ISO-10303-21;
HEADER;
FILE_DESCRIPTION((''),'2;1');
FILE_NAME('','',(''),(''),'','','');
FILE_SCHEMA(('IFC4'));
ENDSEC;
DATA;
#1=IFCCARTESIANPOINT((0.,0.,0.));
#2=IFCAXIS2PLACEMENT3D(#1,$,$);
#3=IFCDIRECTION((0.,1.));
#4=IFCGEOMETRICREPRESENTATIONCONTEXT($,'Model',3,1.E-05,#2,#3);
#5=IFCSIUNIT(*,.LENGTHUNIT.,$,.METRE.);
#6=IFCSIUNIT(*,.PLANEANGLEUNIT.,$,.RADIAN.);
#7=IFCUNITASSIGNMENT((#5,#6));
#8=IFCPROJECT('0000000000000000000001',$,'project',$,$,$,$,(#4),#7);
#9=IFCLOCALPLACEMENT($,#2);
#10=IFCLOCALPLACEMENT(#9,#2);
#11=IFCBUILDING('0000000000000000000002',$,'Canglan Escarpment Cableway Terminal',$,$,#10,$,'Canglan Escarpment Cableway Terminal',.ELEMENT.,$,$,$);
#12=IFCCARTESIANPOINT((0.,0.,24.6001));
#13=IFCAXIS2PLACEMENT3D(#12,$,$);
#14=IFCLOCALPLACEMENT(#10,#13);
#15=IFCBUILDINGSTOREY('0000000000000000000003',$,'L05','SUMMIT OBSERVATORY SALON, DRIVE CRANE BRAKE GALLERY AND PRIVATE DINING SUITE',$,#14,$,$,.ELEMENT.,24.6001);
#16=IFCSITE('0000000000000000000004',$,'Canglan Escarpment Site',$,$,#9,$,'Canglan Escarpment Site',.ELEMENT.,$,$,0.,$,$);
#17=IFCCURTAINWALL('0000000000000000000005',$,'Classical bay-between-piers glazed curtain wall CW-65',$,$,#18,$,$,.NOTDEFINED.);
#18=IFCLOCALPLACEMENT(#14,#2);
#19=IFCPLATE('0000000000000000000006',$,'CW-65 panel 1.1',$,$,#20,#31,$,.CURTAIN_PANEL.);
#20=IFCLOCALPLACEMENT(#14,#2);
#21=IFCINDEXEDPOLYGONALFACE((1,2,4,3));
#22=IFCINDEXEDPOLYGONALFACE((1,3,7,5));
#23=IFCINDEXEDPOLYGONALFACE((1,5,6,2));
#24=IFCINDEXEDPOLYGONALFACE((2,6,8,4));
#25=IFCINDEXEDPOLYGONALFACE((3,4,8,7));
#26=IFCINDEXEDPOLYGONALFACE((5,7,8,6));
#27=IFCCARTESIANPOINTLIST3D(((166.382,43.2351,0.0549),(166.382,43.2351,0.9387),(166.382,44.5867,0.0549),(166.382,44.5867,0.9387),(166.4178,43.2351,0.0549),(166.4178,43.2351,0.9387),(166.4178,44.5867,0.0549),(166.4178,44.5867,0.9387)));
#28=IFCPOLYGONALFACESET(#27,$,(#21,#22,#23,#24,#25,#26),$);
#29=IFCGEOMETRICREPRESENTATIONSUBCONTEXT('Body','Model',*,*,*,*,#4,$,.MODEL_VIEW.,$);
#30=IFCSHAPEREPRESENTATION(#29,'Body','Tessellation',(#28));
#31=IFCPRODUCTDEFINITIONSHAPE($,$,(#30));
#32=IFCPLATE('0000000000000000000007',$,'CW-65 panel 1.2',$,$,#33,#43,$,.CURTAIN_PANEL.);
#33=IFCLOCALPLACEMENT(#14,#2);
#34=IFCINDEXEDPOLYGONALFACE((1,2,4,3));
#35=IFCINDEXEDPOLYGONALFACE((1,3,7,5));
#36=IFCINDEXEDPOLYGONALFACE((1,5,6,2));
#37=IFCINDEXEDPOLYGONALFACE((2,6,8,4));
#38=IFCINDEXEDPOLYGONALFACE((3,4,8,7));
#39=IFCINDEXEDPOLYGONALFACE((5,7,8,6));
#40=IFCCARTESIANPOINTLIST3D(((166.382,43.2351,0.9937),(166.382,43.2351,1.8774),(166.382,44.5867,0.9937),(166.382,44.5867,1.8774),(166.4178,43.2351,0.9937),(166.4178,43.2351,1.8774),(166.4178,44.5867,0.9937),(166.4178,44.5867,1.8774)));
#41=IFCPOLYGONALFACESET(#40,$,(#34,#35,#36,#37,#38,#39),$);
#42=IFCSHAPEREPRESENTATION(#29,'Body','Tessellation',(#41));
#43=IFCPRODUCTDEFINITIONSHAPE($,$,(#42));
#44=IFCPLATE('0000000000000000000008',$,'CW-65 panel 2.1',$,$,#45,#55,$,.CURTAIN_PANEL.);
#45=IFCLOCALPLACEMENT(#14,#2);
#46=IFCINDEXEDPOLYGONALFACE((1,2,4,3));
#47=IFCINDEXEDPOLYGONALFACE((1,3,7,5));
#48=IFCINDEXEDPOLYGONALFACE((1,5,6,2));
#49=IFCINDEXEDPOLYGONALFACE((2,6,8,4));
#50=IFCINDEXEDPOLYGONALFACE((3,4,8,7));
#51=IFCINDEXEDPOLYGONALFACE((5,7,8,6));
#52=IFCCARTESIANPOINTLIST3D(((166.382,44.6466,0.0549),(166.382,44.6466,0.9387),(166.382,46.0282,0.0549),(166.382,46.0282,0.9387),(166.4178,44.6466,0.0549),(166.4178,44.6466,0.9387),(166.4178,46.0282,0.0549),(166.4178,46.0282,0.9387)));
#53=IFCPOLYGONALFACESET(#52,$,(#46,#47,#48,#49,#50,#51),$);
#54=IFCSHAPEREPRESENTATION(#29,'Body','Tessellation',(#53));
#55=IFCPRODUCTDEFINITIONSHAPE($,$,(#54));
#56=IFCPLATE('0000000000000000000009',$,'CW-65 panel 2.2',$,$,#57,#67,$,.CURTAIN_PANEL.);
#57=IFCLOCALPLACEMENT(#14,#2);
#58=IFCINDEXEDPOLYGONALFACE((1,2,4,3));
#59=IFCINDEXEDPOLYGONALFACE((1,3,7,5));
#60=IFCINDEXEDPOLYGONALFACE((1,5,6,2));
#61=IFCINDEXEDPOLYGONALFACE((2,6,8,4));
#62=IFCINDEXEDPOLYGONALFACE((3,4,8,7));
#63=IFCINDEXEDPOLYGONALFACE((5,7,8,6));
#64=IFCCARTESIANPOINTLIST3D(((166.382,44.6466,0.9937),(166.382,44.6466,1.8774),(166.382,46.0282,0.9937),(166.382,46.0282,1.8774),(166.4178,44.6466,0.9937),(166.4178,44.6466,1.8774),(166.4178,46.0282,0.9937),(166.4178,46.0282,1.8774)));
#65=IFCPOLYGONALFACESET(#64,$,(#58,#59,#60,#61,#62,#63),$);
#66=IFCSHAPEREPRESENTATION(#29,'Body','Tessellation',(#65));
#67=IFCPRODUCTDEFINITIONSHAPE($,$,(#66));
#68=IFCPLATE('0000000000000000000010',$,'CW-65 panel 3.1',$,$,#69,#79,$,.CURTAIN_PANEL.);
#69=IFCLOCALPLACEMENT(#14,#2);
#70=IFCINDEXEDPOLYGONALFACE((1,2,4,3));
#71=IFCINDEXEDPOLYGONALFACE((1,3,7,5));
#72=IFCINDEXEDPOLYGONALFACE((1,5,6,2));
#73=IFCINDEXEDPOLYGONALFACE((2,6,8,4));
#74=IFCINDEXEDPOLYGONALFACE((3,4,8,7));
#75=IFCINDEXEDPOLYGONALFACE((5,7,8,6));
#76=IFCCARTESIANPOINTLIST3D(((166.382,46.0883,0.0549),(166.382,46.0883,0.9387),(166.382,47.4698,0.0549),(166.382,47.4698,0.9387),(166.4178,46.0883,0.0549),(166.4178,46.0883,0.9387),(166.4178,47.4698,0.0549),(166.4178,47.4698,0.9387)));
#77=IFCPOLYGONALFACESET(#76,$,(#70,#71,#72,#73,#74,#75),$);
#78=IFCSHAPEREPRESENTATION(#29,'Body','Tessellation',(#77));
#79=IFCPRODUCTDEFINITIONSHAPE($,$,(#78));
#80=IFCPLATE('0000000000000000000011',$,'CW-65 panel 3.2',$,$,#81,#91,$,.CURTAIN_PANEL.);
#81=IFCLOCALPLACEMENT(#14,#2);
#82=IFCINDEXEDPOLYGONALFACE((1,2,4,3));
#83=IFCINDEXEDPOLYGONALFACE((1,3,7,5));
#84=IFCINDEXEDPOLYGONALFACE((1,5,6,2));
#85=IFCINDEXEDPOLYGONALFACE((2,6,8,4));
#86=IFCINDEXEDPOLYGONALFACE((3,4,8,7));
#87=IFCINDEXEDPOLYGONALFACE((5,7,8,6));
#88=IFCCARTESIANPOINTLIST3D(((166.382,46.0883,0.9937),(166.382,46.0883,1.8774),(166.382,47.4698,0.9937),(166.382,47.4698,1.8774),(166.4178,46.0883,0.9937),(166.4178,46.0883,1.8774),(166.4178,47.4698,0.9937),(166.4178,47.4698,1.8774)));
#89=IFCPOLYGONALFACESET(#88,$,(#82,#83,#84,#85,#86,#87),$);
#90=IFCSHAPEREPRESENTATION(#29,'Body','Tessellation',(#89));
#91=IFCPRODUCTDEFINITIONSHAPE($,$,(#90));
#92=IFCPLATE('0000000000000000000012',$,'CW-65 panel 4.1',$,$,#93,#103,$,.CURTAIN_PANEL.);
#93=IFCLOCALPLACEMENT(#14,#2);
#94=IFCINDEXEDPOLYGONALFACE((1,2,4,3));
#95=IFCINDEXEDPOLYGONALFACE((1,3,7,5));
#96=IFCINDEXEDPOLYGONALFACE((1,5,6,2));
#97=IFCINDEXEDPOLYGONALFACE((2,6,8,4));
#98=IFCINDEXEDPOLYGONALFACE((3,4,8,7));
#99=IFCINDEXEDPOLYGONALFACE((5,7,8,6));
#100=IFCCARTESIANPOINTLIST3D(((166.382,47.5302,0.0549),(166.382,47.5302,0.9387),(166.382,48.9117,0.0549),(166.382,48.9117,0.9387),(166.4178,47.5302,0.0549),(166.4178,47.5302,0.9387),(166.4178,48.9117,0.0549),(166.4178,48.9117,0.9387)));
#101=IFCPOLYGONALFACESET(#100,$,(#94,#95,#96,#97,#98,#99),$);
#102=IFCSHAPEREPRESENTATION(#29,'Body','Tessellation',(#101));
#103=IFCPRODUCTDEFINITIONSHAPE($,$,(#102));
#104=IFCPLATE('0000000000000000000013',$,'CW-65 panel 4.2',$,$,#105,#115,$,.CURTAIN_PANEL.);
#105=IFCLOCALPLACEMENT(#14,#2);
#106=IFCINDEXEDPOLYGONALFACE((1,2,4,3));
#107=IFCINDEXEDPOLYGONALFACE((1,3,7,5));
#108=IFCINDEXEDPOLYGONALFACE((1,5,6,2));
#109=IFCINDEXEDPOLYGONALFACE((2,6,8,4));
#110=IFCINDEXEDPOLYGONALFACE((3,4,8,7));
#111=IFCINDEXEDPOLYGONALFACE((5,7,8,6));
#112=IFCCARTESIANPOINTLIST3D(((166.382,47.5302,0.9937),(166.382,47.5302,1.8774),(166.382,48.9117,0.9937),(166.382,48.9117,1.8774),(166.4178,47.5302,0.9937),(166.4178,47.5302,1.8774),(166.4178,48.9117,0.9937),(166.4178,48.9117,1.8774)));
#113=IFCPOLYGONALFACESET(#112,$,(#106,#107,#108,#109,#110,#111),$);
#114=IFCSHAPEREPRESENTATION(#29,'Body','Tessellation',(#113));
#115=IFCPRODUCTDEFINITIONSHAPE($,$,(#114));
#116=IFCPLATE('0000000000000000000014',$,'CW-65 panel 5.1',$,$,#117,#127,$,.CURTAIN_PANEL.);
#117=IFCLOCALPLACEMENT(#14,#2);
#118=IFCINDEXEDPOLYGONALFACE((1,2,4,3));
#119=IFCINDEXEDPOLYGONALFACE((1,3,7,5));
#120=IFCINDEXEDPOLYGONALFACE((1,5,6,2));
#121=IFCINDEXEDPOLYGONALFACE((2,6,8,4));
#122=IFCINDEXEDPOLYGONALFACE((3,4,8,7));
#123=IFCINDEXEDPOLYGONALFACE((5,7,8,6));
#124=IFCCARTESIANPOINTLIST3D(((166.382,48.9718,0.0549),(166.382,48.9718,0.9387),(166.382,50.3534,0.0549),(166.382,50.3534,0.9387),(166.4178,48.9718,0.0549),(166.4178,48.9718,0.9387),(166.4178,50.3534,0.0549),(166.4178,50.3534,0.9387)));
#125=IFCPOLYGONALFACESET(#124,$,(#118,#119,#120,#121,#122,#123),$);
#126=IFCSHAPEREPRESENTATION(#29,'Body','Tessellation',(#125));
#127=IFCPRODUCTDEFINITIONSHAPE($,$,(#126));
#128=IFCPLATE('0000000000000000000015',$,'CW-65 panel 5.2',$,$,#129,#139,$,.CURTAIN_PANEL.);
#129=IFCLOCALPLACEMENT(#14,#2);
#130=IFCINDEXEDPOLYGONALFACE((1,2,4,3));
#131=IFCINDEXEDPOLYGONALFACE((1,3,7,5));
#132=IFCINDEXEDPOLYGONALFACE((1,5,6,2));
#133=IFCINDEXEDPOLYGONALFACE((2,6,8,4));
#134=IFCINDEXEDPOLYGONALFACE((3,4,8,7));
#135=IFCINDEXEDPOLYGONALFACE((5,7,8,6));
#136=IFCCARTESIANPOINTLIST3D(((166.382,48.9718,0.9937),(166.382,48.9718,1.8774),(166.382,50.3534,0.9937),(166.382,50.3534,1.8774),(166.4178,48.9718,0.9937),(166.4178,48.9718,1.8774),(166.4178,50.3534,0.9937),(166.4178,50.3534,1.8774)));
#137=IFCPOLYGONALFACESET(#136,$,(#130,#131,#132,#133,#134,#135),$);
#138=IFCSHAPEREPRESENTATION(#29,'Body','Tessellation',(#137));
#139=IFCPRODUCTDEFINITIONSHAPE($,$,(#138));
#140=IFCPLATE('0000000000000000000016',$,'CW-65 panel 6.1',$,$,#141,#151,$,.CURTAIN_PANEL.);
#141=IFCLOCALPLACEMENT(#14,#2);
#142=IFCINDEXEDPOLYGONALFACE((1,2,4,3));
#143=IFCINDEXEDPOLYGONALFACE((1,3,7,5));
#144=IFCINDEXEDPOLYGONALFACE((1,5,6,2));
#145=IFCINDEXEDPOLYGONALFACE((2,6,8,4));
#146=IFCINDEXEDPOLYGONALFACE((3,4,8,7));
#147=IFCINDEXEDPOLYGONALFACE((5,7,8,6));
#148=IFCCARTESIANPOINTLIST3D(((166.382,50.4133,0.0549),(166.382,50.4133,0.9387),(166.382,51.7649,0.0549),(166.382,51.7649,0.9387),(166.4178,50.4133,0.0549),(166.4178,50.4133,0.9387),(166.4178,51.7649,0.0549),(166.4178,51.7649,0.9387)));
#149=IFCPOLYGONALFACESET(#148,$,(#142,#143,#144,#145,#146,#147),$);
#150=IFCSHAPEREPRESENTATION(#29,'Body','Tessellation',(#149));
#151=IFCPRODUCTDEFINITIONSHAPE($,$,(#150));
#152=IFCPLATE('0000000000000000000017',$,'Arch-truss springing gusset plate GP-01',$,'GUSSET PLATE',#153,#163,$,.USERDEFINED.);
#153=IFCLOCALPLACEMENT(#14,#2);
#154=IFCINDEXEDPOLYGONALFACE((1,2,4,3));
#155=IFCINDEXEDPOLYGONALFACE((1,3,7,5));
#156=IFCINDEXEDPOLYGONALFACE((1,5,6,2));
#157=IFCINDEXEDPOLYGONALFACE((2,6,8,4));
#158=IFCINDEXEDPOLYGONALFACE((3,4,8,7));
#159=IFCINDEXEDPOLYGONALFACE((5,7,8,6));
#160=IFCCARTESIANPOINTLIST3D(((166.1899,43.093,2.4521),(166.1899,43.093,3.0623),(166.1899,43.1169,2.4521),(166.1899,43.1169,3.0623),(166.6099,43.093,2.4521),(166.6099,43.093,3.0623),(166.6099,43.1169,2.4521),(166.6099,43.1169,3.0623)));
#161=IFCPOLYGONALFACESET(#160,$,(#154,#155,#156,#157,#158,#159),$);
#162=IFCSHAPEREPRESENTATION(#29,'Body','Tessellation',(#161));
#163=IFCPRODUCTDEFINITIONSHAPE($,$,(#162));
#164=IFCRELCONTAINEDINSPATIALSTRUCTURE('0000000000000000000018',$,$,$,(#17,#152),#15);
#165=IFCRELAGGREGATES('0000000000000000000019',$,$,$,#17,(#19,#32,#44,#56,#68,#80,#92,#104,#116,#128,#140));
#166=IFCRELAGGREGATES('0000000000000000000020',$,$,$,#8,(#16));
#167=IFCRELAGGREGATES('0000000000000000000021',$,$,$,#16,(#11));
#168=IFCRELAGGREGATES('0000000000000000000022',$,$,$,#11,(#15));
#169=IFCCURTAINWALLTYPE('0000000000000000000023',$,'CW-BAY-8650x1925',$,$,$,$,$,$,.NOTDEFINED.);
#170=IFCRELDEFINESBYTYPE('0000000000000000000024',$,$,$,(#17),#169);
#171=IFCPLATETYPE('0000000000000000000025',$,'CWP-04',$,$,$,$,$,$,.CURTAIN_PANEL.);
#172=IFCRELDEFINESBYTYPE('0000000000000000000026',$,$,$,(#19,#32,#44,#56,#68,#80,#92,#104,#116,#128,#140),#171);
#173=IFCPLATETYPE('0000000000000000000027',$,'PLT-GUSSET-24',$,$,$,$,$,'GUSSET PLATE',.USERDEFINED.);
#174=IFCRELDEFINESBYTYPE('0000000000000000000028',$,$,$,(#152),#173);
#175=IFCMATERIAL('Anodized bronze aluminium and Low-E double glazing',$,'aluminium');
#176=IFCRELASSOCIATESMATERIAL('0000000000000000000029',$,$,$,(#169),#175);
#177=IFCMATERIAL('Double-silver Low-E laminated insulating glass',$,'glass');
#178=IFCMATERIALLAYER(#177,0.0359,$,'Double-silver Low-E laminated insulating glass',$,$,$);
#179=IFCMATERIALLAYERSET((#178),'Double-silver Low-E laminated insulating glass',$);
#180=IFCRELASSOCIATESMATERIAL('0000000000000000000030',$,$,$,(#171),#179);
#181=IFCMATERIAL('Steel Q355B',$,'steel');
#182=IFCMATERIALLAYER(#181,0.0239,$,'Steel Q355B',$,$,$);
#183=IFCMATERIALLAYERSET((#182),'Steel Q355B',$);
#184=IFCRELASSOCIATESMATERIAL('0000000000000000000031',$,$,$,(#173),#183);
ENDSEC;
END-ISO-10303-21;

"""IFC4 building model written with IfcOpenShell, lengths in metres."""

from ifc_helpers import new_model, si_unit, direction, frame, origin, origin_2d, place, context, subcontext, project, spatial, rectangle, extrude, material, layer, layer_set, type_object, element, aggregate, save


model = new_model("IFC4")

# Units and contexts
model_context = context("Model", 3, precision=1e-05, world=origin(), true_north=direction((0.0, 1.0)))
body_context = subcontext(model_context, "Body", "Model", "MODEL_VIEW")
ifc_project = project(units=[si_unit("LENGTHUNIT", "METRE"), si_unit("PLANEANGLEUNIT", "RADIAN")], contexts=[model_context])

# Site, building, storey
site_placement = place(None, origin())
site = spatial("IfcSite", under=ifc_project, at=site_placement, Name="Canglan Escarpment Site", LongName="Canglan Escarpment Site", CompositionType="ELEMENT", RefElevation=0.0)
building_placement = place(site_placement, origin())
building = spatial("IfcBuilding", under=site, at=building_placement, Name="Canglan Escarpment Cableway Terminal", LongName="Canglan Escarpment Cableway Terminal", CompositionType="ELEMENT")
storey_placement = place(building_placement, frame((0.0, 0.0, 24.6001)))
storey = spatial("IfcBuildingStorey", under=building, at=storey_placement, Name="L05", Description="SUMMIT OBSERVATORY SALON, DRIVE CRANE BRAKE GALLERY AND PRIVATE DINING SUITE", CompositionType="ELEMENT", Elevation=24.6001)

# Shared definitions
ifc_material_1 = material(Name="Steel Q355B", Category="steel")

# Curtain wall
ifc_material_2 = material(Name="Anodized bronze aluminium and Low-E double glazing", Category="aluminium")
curtain_wall_type = type_object("IfcCurtainWallType", Name="CW-BAY-8650x1925", PredefinedType="NOTDEFINED", material=ifc_material_2)
curtain_wall_placement = place(storey_placement, origin())
curtain_wall = element("IfcCurtainWall", 1, at=curtain_wall_placement, inside=storey, type_object=curtain_wall_type, Name="Classical bay-between-piers glazed curtain wall CW-65", PredefinedType="NOTDEFINED")

# Plates
ifc_material_3 = material(Name="Double-silver Low-E laminated insulating glass", Category="glass")
ifc_layer_1 = layer(ifc_material_3, 0.0359, Name="Double-silver Low-E laminated insulating glass")
ifc_layer_set_1 = layer_set([ifc_layer_1], Name="Double-silver Low-E laminated insulating glass")
plate_type_1 = type_object("IfcPlateType", Name="CWP-04", PredefinedType="CURTAIN_PANEL", material=ifc_layer_set_1)
plate_1_placement = place(storey_placement, frame((166.3999, 43.9109, 0.0549), z_axis=(0.0, 0.0, 1.0), x_axis=(0.0, 1.0, 0.0)))
plate_1 = element("IfcPlate", 2, at=plate_1_placement, type_object=plate_type_1, Name="CW-65 panel 1.1", PredefinedType="CURTAIN_PANEL", context=body_context, shape_type="SweptSolid", body=[
    extrude(rectangle(XDim=1.3516, YDim=0.0359, at=origin_2d()), origin(), (0.0, 0.0, 1.0), 0.8838),
])
plate_2_placement = place(storey_placement, frame((166.3999, 43.9109, 0.9937), z_axis=(0.0, 0.0, 1.0), x_axis=(0.0, 1.0, 0.0)))
plate_2 = element("IfcPlate", 3, at=plate_2_placement, type_object=plate_type_1, Name="CW-65 panel 1.2", PredefinedType="CURTAIN_PANEL", context=body_context, shape_type="SweptSolid", body=[
    extrude(rectangle(XDim=1.3516, YDim=0.0359, at=origin_2d()), origin(), (0.0, 0.0, 1.0), 0.8838),
])
plate_3_placement = place(storey_placement, frame((166.3999, 45.3374, 0.0549), z_axis=(0.0, 0.0, 1.0), x_axis=(0.0, 1.0, 0.0)))
plate_3 = element("IfcPlate", 4, at=plate_3_placement, type_object=plate_type_1, Name="CW-65 panel 2.1", PredefinedType="CURTAIN_PANEL", context=body_context, shape_type="SweptSolid", body=[
    extrude(rectangle(XDim=1.3816, YDim=0.0359, at=origin_2d()), origin(), (0.0, 0.0, 1.0), 0.8838),
])
plate_4_placement = place(storey_placement, frame((166.3999, 45.3374, 0.9937), z_axis=(0.0, 0.0, 1.0), x_axis=(0.0, 1.0, 0.0)))
plate_4 = element("IfcPlate", 5, at=plate_4_placement, type_object=plate_type_1, Name="CW-65 panel 2.2", PredefinedType="CURTAIN_PANEL", context=body_context, shape_type="SweptSolid", body=[
    extrude(rectangle(XDim=1.3816, YDim=0.0359, at=origin_2d()), origin(), (0.0, 0.0, 1.0), 0.8838),
])
plate_5_placement = place(storey_placement, frame((166.3999, 46.7791, 0.0549), z_axis=(0.0, 0.0, 1.0), x_axis=(0.0, 1.0, 0.0)))
plate_5 = element("IfcPlate", 6, at=plate_5_placement, type_object=plate_type_1, Name="CW-65 panel 3.1", PredefinedType="CURTAIN_PANEL", context=body_context, shape_type="SweptSolid", body=[
    extrude(rectangle(XDim=1.3816, YDim=0.0359, at=origin_2d()), origin(), (0.0, 0.0, 1.0), 0.8838),
])
plate_6_placement = place(storey_placement, frame((166.3999, 46.7791, 0.9937), z_axis=(0.0, 0.0, 1.0), x_axis=(0.0, 1.0, 0.0)))
plate_6 = element("IfcPlate", 7, at=plate_6_placement, type_object=plate_type_1, Name="CW-65 panel 3.2", PredefinedType="CURTAIN_PANEL", context=body_context, shape_type="SweptSolid", body=[
    extrude(rectangle(XDim=1.3816, YDim=0.0359, at=origin_2d()), origin(), (0.0, 0.0, 1.0), 0.8838),
])
plate_7_placement = place(storey_placement, frame((166.3999, 48.2209, 0.0549), z_axis=(0.0, 0.0, 1.0), x_axis=(0.0, 1.0, 0.0)))
plate_7 = element("IfcPlate", 8, at=plate_7_placement, type_object=plate_type_1, Name="CW-65 panel 4.1", PredefinedType="CURTAIN_PANEL", context=body_context, shape_type="SweptSolid", body=[
    extrude(rectangle(XDim=1.3816, YDim=0.0359, at=origin_2d()), origin(), (0.0, 0.0, 1.0), 0.8838),
])
plate_8_placement = place(storey_placement, frame((166.3999, 48.2209, 0.9937), z_axis=(0.0, 0.0, 1.0), x_axis=(0.0, 1.0, 0.0)))
plate_8 = element("IfcPlate", 9, at=plate_8_placement, type_object=plate_type_1, Name="CW-65 panel 4.2", PredefinedType="CURTAIN_PANEL", context=body_context, shape_type="SweptSolid", body=[
    extrude(rectangle(XDim=1.3816, YDim=0.0359, at=origin_2d()), origin(), (0.0, 0.0, 1.0), 0.8838),
])
plate_9_placement = place(storey_placement, frame((166.3999, 49.6626, 0.0549), z_axis=(0.0, 0.0, 1.0), x_axis=(0.0, 1.0, 0.0)))
plate_9 = element("IfcPlate", 10, at=plate_9_placement, type_object=plate_type_1, Name="CW-65 panel 5.1", PredefinedType="CURTAIN_PANEL", context=body_context, shape_type="SweptSolid", body=[
    extrude(rectangle(XDim=1.3816, YDim=0.0359, at=origin_2d()), origin(), (0.0, 0.0, 1.0), 0.8838),
])
plate_10_placement = place(storey_placement, frame((166.3999, 49.6626, 0.9937), z_axis=(0.0, 0.0, 1.0), x_axis=(0.0, 1.0, 0.0)))
plate_10 = element("IfcPlate", 11, at=plate_10_placement, type_object=plate_type_1, Name="CW-65 panel 5.2", PredefinedType="CURTAIN_PANEL", context=body_context, shape_type="SweptSolid", body=[
    extrude(rectangle(XDim=1.3816, YDim=0.0359, at=origin_2d()), origin(), (0.0, 0.0, 1.0), 0.8838),
])
plate_11_placement = place(storey_placement, frame((166.3999, 51.0891, 0.0549), z_axis=(0.0, 0.0, 1.0), x_axis=(0.0, 1.0, 0.0)))
plate_11 = element("IfcPlate", 12, at=plate_11_placement, type_object=plate_type_1, Name="CW-65 panel 6.1", PredefinedType="CURTAIN_PANEL", context=body_context, shape_type="SweptSolid", body=[
    extrude(rectangle(XDim=1.3516, YDim=0.0359, at=origin_2d()), origin(), (0.0, 0.0, 1.0), 0.8838),
])
aggregate(curtain_wall, [plate_1, plate_2, plate_3, plate_4, plate_5, plate_6, plate_7, plate_8, plate_9, plate_10, plate_11])
ifc_layer_2 = layer(ifc_material_1, 0.0239, Name="Steel Q355B")
ifc_layer_set_2 = layer_set([ifc_layer_2], Name="Steel Q355B")
plate_type_2 = type_object("IfcPlateType", Name="PLT-GUSSET-24", ElementType="GUSSET PLATE", PredefinedType="USERDEFINED", material=ifc_layer_set_2)
plate_12_placement = place(storey_placement, frame((166.3999, 43.105, 2.4521), z_axis=(0.0, 0.0, 1.0), x_axis=(1.0, 0.0, 0.0)))
element("IfcPlate", 13, at=plate_12_placement, inside=storey, type_object=plate_type_2, Name="Arch-truss springing gusset plate GP-01", ObjectType="GUSSET PLATE", PredefinedType="USERDEFINED", context=body_context, shape_type="SweptSolid", body=[
    extrude(rectangle(XDim=0.4199, YDim=0.0239, at=origin_2d()), origin(), (0.0, 0.0, 1.0), 0.6101),
])

save(model, "model.ifc")
